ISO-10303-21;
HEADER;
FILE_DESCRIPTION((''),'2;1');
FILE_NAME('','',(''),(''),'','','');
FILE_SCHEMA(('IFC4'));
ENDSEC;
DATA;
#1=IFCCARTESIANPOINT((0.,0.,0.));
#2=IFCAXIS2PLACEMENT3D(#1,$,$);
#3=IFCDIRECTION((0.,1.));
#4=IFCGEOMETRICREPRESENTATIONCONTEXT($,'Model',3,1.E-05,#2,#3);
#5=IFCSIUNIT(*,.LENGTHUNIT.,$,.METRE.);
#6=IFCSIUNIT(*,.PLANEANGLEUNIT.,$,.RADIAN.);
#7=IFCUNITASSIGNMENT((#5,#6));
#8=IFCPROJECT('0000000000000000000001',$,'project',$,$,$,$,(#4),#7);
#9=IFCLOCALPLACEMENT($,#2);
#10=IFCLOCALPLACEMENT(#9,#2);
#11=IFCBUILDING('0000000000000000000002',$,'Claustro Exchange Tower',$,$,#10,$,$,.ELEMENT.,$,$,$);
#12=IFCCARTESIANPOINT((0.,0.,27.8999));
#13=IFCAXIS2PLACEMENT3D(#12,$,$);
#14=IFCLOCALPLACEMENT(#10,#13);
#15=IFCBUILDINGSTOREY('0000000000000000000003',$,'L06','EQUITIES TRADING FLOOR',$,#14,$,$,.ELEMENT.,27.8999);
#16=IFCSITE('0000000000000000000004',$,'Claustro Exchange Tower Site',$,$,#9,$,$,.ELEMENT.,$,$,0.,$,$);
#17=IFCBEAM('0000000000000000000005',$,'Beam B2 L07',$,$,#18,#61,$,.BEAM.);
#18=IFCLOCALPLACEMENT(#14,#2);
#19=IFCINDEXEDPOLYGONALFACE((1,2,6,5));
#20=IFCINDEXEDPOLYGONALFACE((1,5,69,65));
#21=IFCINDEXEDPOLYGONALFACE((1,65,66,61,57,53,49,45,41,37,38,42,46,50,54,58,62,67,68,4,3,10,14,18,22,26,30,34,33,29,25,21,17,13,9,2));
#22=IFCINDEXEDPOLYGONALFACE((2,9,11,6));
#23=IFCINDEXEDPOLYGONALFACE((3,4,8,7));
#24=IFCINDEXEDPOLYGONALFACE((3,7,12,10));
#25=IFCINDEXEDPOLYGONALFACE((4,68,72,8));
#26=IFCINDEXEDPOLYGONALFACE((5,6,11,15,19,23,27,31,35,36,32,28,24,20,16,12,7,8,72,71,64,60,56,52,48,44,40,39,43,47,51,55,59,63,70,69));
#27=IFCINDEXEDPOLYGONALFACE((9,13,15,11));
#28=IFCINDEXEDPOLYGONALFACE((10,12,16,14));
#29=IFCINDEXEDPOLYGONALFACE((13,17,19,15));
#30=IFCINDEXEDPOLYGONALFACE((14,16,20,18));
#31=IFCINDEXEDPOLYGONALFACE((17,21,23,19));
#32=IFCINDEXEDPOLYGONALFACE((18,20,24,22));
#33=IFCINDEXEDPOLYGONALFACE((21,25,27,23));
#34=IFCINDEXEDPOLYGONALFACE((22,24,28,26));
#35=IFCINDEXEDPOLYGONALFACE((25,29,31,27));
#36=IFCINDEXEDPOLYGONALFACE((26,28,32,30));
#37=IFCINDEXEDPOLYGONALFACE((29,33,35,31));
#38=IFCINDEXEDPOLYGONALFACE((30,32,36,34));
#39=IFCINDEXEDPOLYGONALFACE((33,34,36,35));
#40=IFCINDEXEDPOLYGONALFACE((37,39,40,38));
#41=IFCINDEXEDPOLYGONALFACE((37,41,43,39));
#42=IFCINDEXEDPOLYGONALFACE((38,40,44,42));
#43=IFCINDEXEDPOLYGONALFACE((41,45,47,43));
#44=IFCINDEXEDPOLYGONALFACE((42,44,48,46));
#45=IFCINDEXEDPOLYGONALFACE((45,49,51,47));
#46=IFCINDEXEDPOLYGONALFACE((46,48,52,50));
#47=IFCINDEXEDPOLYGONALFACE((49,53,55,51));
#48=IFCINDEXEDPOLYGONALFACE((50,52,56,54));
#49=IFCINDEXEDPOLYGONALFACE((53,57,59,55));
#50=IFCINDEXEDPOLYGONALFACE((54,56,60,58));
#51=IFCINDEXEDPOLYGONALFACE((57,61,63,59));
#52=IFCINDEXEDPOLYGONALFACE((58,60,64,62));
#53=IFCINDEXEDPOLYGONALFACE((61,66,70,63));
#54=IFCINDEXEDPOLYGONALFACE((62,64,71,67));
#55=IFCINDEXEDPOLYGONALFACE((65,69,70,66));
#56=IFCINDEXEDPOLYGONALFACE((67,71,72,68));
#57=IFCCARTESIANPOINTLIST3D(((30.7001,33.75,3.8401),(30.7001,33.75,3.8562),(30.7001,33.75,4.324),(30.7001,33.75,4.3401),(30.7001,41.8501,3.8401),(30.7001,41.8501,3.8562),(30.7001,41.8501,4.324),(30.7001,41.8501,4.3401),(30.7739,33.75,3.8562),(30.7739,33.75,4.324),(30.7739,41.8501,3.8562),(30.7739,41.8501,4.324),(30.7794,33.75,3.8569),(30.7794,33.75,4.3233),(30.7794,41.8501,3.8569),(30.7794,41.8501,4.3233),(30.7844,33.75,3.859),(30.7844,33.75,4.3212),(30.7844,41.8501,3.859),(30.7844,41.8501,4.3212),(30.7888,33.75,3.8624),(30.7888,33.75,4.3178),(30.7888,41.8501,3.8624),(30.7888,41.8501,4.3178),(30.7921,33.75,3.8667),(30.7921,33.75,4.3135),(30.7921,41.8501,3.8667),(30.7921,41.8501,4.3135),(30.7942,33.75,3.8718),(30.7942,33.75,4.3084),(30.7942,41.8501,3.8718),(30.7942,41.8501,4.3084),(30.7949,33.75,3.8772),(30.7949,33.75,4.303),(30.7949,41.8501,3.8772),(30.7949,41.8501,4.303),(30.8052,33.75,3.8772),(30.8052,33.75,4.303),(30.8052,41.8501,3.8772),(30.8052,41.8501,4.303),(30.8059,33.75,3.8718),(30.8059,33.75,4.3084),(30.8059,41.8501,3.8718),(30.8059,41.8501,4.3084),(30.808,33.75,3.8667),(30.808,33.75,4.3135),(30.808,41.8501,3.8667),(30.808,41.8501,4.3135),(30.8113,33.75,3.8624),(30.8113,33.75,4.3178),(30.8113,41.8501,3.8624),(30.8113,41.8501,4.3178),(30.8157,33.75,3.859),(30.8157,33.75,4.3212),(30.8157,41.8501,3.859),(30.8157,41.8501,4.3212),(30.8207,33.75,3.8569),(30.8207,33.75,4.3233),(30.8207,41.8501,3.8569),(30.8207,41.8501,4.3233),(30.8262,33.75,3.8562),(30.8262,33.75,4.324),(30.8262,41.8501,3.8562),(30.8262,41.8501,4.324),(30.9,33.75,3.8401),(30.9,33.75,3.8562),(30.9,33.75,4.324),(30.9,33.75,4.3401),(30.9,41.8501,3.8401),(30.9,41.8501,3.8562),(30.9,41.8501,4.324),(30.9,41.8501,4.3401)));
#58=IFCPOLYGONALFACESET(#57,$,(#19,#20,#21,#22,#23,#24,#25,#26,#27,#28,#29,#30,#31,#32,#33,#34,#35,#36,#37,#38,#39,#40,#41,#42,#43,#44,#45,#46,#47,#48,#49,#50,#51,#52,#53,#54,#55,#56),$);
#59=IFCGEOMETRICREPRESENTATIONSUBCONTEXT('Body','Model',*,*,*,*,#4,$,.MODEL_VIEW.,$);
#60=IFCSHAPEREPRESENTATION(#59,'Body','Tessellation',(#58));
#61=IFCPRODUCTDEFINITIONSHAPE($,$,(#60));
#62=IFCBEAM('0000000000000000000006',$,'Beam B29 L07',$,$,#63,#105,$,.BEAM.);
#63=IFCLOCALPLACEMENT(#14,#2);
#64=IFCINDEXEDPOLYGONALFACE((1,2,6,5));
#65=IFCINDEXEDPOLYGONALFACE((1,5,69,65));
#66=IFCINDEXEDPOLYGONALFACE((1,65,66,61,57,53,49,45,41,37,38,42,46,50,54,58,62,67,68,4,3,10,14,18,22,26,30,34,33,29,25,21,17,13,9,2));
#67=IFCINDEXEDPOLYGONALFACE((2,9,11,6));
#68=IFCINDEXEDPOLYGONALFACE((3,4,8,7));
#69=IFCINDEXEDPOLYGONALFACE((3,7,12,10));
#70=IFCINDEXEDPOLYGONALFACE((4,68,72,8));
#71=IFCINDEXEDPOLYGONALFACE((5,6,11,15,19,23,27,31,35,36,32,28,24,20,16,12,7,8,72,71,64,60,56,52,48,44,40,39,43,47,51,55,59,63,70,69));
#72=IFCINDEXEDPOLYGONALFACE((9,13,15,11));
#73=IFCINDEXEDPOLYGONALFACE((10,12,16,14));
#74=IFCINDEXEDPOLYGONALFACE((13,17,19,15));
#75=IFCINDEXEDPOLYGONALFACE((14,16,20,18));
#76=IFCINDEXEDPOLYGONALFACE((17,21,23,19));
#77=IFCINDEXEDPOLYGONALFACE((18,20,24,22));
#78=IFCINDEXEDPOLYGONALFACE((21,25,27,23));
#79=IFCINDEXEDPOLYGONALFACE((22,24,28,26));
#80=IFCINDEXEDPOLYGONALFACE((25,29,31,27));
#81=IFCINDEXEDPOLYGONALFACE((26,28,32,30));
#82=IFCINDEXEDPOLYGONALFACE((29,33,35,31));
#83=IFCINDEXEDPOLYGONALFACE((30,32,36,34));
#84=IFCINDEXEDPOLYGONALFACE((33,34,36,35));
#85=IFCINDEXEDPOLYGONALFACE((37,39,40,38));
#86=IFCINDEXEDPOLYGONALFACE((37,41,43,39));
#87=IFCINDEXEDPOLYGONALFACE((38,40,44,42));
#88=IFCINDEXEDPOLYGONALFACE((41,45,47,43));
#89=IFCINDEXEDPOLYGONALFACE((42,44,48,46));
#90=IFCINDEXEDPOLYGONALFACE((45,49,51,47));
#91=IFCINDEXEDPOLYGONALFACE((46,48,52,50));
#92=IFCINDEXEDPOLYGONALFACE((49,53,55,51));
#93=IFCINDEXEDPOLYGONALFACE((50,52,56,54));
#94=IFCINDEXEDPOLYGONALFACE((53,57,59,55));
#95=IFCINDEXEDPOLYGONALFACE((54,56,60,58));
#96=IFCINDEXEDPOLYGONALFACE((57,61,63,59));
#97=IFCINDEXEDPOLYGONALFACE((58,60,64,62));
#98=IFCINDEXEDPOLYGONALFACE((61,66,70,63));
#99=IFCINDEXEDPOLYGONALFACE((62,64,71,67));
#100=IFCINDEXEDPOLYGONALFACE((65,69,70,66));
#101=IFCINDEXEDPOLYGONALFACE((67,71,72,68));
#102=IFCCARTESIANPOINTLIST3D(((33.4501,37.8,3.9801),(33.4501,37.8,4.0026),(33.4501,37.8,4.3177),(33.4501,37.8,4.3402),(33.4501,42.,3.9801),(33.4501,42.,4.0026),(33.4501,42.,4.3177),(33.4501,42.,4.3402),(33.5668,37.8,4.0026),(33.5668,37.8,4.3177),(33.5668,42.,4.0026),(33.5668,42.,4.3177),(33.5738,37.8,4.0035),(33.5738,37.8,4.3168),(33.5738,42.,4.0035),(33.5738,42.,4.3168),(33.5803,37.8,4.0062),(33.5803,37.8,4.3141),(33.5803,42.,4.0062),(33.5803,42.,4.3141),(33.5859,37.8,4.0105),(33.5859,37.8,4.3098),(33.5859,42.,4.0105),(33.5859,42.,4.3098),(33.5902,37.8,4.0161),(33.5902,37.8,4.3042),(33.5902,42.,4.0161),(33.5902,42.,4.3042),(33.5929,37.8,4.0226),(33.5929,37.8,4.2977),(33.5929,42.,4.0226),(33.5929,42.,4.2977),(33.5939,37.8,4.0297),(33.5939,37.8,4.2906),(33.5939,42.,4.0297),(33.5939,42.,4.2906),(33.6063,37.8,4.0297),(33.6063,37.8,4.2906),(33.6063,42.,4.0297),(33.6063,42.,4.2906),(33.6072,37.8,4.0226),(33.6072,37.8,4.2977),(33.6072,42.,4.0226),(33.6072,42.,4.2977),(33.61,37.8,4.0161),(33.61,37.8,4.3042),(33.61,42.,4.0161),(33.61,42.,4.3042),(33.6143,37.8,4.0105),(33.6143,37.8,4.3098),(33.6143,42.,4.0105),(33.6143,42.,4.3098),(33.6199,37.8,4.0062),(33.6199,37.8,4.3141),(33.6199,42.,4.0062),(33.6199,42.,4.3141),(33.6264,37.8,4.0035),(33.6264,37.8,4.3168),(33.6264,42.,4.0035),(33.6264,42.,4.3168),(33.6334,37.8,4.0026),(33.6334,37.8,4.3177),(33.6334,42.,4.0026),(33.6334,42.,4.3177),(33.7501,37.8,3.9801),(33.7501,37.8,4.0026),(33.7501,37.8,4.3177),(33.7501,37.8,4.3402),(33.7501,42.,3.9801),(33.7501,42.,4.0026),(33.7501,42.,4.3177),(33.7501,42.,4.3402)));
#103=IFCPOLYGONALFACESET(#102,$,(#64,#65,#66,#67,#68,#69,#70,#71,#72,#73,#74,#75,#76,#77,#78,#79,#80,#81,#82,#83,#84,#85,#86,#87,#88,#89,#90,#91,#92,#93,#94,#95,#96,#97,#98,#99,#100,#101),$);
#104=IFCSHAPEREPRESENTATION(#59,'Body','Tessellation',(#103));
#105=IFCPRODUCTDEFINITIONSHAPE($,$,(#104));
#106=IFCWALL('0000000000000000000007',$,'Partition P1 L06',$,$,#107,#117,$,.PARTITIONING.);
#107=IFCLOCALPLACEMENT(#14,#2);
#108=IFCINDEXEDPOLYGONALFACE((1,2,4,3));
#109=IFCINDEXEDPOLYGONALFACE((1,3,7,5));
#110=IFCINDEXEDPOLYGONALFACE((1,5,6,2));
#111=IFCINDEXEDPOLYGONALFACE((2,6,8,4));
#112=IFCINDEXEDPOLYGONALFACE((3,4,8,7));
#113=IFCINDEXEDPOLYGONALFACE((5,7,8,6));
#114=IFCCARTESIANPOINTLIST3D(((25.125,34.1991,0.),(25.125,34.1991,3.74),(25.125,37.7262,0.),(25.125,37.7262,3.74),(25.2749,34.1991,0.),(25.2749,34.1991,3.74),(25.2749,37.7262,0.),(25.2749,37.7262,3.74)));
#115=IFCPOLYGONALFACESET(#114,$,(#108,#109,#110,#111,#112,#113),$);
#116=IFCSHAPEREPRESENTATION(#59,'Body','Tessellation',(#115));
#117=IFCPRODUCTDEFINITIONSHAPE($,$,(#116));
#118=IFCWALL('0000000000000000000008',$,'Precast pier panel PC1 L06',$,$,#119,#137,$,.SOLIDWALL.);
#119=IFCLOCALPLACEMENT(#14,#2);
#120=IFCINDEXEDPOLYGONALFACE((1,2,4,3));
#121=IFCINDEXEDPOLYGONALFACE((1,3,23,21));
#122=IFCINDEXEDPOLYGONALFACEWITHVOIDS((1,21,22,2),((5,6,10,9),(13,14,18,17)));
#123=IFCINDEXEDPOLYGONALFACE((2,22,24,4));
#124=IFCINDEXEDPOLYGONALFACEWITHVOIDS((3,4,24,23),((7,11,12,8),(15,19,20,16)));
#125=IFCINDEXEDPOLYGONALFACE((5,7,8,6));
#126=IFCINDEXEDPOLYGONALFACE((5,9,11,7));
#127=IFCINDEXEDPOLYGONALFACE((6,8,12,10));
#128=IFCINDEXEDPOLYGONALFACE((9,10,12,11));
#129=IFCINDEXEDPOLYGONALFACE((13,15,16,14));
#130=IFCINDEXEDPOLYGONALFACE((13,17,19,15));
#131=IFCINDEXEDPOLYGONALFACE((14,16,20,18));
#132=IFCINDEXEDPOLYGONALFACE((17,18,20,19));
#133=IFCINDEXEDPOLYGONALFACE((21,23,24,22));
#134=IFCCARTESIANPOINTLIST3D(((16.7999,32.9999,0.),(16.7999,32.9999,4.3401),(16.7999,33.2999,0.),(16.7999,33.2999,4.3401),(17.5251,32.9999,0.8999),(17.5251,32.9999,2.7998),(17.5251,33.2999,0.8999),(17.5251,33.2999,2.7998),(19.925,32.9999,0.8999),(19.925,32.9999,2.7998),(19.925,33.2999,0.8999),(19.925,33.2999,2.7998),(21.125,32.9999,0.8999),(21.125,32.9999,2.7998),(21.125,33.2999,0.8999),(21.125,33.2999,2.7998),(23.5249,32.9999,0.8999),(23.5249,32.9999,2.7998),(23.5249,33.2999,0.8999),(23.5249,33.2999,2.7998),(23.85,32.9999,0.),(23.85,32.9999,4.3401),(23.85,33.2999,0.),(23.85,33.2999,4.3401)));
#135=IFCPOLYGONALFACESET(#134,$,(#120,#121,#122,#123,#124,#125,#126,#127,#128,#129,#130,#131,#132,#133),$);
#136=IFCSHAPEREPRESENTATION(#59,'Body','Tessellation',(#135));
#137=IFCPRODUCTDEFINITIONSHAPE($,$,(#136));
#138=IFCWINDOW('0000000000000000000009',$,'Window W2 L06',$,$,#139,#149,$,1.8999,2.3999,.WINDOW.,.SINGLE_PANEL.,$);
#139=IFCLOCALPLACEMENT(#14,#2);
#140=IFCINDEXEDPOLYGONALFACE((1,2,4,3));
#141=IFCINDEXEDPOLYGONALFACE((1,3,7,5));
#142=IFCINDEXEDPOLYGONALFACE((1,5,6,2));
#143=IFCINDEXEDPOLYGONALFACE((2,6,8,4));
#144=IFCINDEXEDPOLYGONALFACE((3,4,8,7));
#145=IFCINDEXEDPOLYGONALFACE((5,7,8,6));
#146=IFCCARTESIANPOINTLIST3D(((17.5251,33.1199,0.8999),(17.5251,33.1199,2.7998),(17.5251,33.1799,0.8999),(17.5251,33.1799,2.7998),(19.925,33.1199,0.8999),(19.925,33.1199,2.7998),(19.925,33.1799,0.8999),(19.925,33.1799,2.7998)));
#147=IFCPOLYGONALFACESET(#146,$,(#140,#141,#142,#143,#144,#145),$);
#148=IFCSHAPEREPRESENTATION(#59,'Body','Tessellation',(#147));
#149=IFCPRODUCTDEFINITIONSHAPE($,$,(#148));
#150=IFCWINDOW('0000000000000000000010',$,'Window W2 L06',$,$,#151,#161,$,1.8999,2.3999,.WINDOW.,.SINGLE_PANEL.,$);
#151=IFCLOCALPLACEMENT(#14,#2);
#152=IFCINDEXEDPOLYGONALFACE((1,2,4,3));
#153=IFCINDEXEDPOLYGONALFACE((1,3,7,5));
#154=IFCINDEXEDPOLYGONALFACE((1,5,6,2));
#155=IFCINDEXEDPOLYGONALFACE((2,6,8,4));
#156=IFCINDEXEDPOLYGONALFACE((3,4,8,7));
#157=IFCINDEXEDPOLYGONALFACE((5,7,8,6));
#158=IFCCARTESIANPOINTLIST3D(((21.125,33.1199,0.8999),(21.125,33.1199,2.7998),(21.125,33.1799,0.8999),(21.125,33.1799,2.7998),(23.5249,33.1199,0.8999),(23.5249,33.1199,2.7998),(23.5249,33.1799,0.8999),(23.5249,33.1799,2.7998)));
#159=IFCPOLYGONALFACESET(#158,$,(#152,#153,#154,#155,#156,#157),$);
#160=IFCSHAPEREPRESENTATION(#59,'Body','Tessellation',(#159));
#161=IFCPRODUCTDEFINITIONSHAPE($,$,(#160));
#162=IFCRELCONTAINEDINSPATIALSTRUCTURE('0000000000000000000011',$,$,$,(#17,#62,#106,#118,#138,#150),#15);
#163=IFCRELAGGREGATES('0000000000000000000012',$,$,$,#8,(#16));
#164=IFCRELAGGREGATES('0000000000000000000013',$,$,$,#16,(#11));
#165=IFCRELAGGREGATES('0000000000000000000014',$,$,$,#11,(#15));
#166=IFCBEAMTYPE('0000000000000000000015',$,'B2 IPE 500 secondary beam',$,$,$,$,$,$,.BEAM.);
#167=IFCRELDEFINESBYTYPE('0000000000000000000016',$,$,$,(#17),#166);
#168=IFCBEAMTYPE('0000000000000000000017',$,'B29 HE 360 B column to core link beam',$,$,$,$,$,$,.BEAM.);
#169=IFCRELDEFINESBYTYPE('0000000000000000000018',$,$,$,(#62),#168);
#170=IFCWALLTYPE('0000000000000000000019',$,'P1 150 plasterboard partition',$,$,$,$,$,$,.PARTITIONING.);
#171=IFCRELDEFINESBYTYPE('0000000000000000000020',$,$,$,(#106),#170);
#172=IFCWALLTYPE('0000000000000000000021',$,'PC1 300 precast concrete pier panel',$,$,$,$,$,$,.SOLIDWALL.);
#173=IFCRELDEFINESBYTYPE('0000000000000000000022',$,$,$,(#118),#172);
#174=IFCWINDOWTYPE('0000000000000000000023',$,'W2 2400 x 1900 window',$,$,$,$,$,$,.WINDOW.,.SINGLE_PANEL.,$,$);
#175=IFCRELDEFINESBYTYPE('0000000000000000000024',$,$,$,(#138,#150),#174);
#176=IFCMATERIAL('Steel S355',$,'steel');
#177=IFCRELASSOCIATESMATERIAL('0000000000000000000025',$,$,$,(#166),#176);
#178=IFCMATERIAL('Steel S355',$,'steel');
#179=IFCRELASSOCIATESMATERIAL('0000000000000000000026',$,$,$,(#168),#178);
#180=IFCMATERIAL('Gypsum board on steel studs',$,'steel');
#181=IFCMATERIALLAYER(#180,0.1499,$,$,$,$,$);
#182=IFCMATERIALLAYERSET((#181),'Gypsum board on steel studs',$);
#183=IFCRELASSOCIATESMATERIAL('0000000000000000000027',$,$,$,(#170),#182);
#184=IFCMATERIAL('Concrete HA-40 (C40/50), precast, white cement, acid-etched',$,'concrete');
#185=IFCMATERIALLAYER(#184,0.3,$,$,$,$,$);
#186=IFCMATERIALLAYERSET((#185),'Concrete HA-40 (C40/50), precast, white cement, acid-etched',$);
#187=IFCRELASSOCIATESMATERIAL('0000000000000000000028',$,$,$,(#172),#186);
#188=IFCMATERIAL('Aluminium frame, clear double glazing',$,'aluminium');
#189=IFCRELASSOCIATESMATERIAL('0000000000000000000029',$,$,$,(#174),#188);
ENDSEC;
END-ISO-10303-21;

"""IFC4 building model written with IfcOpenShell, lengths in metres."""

from ifc_helpers import new_model, si_unit, direction, frame, frame_2d, origin, origin_2d, place, context, subcontext, project, spatial, rectangle, i_section, extrude, material, layer, layer_set, material_profile, profile_set, type_object, element, fill, save


model = new_model("IFC4")

# Units and contexts
model_context = context("Model", 3, precision=1e-05, world=origin(), true_north=direction((0.0, 1.0)))
body_context = subcontext(model_context, "Body", "Model", "MODEL_VIEW")
ifc_project = project(units=[si_unit("LENGTHUNIT", "METRE"), si_unit("PLANEANGLEUNIT", "RADIAN")], contexts=[model_context])

# Site, building, storey
site_placement = place(None, origin())
site = spatial("IfcSite", under=ifc_project, at=site_placement, Name="Claustro Exchange Tower Site", CompositionType="ELEMENT", RefElevation=0.0)
building_placement = place(site_placement, origin())
building = spatial("IfcBuilding", under=site, at=building_placement, Name="Claustro Exchange Tower", CompositionType="ELEMENT")
storey_placement = place(building_placement, frame((0.0, 0.0, 27.8999)))
storey = spatial("IfcBuildingStorey", under=building, at=storey_placement, Name="L06", Description="EQUITIES TRADING FLOOR", CompositionType="ELEMENT", Elevation=27.8999)

# Beams
ifc_material_1 = material(Name="Steel S355", Category="steel")
ifc_material_profile_1 = material_profile(ifc_material_1, i_section(OverallWidth=0.2, OverallDepth=0.5, WebThickness=0.0103, FlangeThickness=0.0161, FilletRadius=0.021, at=origin_2d()), Name="IPE 500")
ifc_profile_set_1 = profile_set([ifc_material_profile_1], Name="Steel S355")
beam_type_1 = type_object("IfcBeamType", Name="B2 IPE 500 secondary beam", PredefinedType="BEAM", material=ifc_profile_set_1)
for number, where, z_axis, x_axis, name in (
    (1, (30.8, 33.75, 4.0901), (0.0, 1.0, 0.0), (-1.0, 0.0, 0.0), "Beam B2 L07"),
):
    element("IfcBeam", number, at=place(storey_placement, frame(where, z_axis=z_axis, x_axis=x_axis)), inside=storey, type_object=beam_type_1, Name=name, PredefinedType="BEAM", context=body_context, shape_type="SweptSolid", body=[
        extrude(i_section(OverallWidth=0.2, OverallDepth=0.5, WebThickness=0.0103, FlangeThickness=0.0161, FilletRadius=0.021, at=origin_2d()), origin(), (0.0, 0.0, 1.0), 8.1001),
    ])
ifc_material_2 = material(Name="Steel S355", Category="steel")
ifc_material_profile_2 = material_profile(ifc_material_2, i_section(OverallWidth=0.3, OverallDepth=0.3601, WebThickness=0.0125, FlangeThickness=0.0225, FilletRadius=0.0271, at=origin_2d()), Name="HE 360 B")
ifc_profile_set_2 = profile_set([ifc_material_profile_2], Name="Steel S355")
beam_type_2 = type_object("IfcBeamType", Name="B29 HE 360 B column to core link beam", PredefinedType="BEAM", material=ifc_profile_set_2)
beam_1_placement = place(storey_placement, frame((33.6001, 37.8, 4.1602), z_axis=(0.0, 1.0, 0.0), x_axis=(-1.0, 0.0, 0.0)))
element("IfcBeam", 2, at=beam_1_placement, inside=storey, type_object=beam_type_2, Name="Beam B29 L07", PredefinedType="BEAM", context=body_context, shape_type="SweptSolid", body=[
    extrude(i_section(OverallWidth=0.3, OverallDepth=0.3601, WebThickness=0.0125, FlangeThickness=0.0225, FilletRadius=0.0271, at=origin_2d()), origin(), (0.0, 0.0, 1.0), 4.2),
])

# Wall
ifc_material_3 = material(Name="Gypsum board on steel studs", Category="steel")
ifc_layer_1 = layer(ifc_material_3, 0.1499)
ifc_layer_set_1 = layer_set([ifc_layer_1], Name="Gypsum board on steel studs")
wall_type_1 = type_object("IfcWallType", Name="P1 150 plasterboard partition", PredefinedType="PARTITIONING", material=ifc_layer_set_1)
wall_1_placement = place(storey_placement, frame((25.2, 34.199, 0.0), z_axis=(0.0, 0.0, 1.0), x_axis=(0.0, 1.0, 0.0)))
element("IfcWall", 3, at=wall_1_placement, inside=storey, type_object=wall_type_1, Name="Partition P1 L06", PredefinedType="PARTITIONING", context=body_context, shape_type="SweptSolid", body=[
    extrude(rectangle(XDim=3.5271, YDim=0.1499, at=frame_2d((1.7637, 0.0))), origin(), (0.0, 0.0, 1.0), 3.74),
])

# Wall, openings, windows
ifc_material_4 = material(Name="Concrete HA-40 (C40/50), precast, white cement, acid-etched", Category="concrete")
ifc_layer_2 = layer(ifc_material_4, 0.3)
ifc_layer_set_2 = layer_set([ifc_layer_2], Name="Concrete HA-40 (C40/50), precast, white cement, acid-etched")
wall_type_2 = type_object("IfcWallType", Name="PC1 300 precast concrete pier panel", PredefinedType="SOLIDWALL", material=ifc_layer_set_2)
wall_2_placement = place(storey_placement, frame((16.8, 33.1499, 0.0), z_axis=(0.0, 0.0, 1.0), x_axis=(1.0, 0.0, 0.0)))
wall_2 = element("IfcWall", 4, at=wall_2_placement, inside=storey, type_object=wall_type_2, Name="Precast pier panel PC1 L06", PredefinedType="SOLIDWALL", context=body_context, shape_type="SweptSolid", body=[
    extrude(rectangle(XDim=7.05, YDim=0.3, at=frame_2d((3.5249, 0.0))), origin(), (0.0, 0.0, 1.0), 4.3401),
])
opening_1_placement = place(wall_2_placement, frame((0.7251, 0.0, 0.8999)))
opening_1 = element("IfcOpeningElement", 5, at=opening_1_placement, cuts=wall_2, PredefinedType="OPENING", context=body_context, shape_type="SweptSolid", body=[
    extrude(rectangle(XDim=2.3999, YDim=1.8999, at=frame_2d((1.2, 0.95))), frame((0.0, 0.1599, 0.0), z_axis=(0.0, -1.0, 0.0), x_axis=(1.0, 0.0, 0.0)), (0.0, 0.0, 1.0), 0.3201),
])
opening_2_placement = place(wall_2_placement, frame((4.325, 0.0, 0.8999)))
opening_2 = element("IfcOpeningElement", 6, at=opening_2_placement, cuts=wall_2, PredefinedType="OPENING", context=body_context, shape_type="SweptSolid", body=[
    extrude(rectangle(XDim=2.3999, YDim=1.8999, at=frame_2d((1.2, 0.95))), frame((0.0, 0.1599, 0.0), z_axis=(0.0, -1.0, 0.0), x_axis=(1.0, 0.0, 0.0)), (0.0, 0.0, 1.0), 0.3201),
])
ifc_material_5 = material(Name="Aluminium frame, clear double glazing", Category="aluminium")
window_type = type_object("IfcWindowType", Name="W2 2400 x 1900 window", PartitioningType="SINGLE_PANEL", PredefinedType="WINDOW", material=ifc_material_5)
window_1_placement = place(opening_1_placement, origin())
window_1 = element("IfcWindow", 7, at=window_1_placement, inside=storey, type_object=window_type, Name="Window W2 L06", OverallHeight=1.8999, OverallWidth=2.3999, PartitioningType="SINGLE_PANEL", PredefinedType="WINDOW", context=body_context, shape_type="SweptSolid", body=[
    extrude(rectangle(XDim=2.3999, YDim=1.8999, at=frame_2d((1.2, 0.95))), frame((0.0, 0.03, 0.0), z_axis=(0.0, -1.0, 0.0), x_axis=(1.0, 0.0, 0.0)), (0.0, 0.0, 1.0), 0.0601),
])
fill(opening_1, window_1)
window_2_placement = place(opening_2_placement, origin())
window_2 = element("IfcWindow", 8, at=window_2_placement, inside=storey, type_object=window_type, Name="Window W2 L06", OverallHeight=1.8999, OverallWidth=2.3999, PartitioningType="SINGLE_PANEL", PredefinedType="WINDOW", context=body_context, shape_type="SweptSolid", body=[
    extrude(rectangle(XDim=2.3999, YDim=1.8999, at=frame_2d((1.2, 0.95))), frame((0.0, 0.03, 0.0), z_axis=(0.0, -1.0, 0.0), x_axis=(1.0, 0.0, 0.0)), (0.0, 0.0, 1.0), 0.0601),
])
fill(opening_2, window_2)

save(model, "model.ifc")
